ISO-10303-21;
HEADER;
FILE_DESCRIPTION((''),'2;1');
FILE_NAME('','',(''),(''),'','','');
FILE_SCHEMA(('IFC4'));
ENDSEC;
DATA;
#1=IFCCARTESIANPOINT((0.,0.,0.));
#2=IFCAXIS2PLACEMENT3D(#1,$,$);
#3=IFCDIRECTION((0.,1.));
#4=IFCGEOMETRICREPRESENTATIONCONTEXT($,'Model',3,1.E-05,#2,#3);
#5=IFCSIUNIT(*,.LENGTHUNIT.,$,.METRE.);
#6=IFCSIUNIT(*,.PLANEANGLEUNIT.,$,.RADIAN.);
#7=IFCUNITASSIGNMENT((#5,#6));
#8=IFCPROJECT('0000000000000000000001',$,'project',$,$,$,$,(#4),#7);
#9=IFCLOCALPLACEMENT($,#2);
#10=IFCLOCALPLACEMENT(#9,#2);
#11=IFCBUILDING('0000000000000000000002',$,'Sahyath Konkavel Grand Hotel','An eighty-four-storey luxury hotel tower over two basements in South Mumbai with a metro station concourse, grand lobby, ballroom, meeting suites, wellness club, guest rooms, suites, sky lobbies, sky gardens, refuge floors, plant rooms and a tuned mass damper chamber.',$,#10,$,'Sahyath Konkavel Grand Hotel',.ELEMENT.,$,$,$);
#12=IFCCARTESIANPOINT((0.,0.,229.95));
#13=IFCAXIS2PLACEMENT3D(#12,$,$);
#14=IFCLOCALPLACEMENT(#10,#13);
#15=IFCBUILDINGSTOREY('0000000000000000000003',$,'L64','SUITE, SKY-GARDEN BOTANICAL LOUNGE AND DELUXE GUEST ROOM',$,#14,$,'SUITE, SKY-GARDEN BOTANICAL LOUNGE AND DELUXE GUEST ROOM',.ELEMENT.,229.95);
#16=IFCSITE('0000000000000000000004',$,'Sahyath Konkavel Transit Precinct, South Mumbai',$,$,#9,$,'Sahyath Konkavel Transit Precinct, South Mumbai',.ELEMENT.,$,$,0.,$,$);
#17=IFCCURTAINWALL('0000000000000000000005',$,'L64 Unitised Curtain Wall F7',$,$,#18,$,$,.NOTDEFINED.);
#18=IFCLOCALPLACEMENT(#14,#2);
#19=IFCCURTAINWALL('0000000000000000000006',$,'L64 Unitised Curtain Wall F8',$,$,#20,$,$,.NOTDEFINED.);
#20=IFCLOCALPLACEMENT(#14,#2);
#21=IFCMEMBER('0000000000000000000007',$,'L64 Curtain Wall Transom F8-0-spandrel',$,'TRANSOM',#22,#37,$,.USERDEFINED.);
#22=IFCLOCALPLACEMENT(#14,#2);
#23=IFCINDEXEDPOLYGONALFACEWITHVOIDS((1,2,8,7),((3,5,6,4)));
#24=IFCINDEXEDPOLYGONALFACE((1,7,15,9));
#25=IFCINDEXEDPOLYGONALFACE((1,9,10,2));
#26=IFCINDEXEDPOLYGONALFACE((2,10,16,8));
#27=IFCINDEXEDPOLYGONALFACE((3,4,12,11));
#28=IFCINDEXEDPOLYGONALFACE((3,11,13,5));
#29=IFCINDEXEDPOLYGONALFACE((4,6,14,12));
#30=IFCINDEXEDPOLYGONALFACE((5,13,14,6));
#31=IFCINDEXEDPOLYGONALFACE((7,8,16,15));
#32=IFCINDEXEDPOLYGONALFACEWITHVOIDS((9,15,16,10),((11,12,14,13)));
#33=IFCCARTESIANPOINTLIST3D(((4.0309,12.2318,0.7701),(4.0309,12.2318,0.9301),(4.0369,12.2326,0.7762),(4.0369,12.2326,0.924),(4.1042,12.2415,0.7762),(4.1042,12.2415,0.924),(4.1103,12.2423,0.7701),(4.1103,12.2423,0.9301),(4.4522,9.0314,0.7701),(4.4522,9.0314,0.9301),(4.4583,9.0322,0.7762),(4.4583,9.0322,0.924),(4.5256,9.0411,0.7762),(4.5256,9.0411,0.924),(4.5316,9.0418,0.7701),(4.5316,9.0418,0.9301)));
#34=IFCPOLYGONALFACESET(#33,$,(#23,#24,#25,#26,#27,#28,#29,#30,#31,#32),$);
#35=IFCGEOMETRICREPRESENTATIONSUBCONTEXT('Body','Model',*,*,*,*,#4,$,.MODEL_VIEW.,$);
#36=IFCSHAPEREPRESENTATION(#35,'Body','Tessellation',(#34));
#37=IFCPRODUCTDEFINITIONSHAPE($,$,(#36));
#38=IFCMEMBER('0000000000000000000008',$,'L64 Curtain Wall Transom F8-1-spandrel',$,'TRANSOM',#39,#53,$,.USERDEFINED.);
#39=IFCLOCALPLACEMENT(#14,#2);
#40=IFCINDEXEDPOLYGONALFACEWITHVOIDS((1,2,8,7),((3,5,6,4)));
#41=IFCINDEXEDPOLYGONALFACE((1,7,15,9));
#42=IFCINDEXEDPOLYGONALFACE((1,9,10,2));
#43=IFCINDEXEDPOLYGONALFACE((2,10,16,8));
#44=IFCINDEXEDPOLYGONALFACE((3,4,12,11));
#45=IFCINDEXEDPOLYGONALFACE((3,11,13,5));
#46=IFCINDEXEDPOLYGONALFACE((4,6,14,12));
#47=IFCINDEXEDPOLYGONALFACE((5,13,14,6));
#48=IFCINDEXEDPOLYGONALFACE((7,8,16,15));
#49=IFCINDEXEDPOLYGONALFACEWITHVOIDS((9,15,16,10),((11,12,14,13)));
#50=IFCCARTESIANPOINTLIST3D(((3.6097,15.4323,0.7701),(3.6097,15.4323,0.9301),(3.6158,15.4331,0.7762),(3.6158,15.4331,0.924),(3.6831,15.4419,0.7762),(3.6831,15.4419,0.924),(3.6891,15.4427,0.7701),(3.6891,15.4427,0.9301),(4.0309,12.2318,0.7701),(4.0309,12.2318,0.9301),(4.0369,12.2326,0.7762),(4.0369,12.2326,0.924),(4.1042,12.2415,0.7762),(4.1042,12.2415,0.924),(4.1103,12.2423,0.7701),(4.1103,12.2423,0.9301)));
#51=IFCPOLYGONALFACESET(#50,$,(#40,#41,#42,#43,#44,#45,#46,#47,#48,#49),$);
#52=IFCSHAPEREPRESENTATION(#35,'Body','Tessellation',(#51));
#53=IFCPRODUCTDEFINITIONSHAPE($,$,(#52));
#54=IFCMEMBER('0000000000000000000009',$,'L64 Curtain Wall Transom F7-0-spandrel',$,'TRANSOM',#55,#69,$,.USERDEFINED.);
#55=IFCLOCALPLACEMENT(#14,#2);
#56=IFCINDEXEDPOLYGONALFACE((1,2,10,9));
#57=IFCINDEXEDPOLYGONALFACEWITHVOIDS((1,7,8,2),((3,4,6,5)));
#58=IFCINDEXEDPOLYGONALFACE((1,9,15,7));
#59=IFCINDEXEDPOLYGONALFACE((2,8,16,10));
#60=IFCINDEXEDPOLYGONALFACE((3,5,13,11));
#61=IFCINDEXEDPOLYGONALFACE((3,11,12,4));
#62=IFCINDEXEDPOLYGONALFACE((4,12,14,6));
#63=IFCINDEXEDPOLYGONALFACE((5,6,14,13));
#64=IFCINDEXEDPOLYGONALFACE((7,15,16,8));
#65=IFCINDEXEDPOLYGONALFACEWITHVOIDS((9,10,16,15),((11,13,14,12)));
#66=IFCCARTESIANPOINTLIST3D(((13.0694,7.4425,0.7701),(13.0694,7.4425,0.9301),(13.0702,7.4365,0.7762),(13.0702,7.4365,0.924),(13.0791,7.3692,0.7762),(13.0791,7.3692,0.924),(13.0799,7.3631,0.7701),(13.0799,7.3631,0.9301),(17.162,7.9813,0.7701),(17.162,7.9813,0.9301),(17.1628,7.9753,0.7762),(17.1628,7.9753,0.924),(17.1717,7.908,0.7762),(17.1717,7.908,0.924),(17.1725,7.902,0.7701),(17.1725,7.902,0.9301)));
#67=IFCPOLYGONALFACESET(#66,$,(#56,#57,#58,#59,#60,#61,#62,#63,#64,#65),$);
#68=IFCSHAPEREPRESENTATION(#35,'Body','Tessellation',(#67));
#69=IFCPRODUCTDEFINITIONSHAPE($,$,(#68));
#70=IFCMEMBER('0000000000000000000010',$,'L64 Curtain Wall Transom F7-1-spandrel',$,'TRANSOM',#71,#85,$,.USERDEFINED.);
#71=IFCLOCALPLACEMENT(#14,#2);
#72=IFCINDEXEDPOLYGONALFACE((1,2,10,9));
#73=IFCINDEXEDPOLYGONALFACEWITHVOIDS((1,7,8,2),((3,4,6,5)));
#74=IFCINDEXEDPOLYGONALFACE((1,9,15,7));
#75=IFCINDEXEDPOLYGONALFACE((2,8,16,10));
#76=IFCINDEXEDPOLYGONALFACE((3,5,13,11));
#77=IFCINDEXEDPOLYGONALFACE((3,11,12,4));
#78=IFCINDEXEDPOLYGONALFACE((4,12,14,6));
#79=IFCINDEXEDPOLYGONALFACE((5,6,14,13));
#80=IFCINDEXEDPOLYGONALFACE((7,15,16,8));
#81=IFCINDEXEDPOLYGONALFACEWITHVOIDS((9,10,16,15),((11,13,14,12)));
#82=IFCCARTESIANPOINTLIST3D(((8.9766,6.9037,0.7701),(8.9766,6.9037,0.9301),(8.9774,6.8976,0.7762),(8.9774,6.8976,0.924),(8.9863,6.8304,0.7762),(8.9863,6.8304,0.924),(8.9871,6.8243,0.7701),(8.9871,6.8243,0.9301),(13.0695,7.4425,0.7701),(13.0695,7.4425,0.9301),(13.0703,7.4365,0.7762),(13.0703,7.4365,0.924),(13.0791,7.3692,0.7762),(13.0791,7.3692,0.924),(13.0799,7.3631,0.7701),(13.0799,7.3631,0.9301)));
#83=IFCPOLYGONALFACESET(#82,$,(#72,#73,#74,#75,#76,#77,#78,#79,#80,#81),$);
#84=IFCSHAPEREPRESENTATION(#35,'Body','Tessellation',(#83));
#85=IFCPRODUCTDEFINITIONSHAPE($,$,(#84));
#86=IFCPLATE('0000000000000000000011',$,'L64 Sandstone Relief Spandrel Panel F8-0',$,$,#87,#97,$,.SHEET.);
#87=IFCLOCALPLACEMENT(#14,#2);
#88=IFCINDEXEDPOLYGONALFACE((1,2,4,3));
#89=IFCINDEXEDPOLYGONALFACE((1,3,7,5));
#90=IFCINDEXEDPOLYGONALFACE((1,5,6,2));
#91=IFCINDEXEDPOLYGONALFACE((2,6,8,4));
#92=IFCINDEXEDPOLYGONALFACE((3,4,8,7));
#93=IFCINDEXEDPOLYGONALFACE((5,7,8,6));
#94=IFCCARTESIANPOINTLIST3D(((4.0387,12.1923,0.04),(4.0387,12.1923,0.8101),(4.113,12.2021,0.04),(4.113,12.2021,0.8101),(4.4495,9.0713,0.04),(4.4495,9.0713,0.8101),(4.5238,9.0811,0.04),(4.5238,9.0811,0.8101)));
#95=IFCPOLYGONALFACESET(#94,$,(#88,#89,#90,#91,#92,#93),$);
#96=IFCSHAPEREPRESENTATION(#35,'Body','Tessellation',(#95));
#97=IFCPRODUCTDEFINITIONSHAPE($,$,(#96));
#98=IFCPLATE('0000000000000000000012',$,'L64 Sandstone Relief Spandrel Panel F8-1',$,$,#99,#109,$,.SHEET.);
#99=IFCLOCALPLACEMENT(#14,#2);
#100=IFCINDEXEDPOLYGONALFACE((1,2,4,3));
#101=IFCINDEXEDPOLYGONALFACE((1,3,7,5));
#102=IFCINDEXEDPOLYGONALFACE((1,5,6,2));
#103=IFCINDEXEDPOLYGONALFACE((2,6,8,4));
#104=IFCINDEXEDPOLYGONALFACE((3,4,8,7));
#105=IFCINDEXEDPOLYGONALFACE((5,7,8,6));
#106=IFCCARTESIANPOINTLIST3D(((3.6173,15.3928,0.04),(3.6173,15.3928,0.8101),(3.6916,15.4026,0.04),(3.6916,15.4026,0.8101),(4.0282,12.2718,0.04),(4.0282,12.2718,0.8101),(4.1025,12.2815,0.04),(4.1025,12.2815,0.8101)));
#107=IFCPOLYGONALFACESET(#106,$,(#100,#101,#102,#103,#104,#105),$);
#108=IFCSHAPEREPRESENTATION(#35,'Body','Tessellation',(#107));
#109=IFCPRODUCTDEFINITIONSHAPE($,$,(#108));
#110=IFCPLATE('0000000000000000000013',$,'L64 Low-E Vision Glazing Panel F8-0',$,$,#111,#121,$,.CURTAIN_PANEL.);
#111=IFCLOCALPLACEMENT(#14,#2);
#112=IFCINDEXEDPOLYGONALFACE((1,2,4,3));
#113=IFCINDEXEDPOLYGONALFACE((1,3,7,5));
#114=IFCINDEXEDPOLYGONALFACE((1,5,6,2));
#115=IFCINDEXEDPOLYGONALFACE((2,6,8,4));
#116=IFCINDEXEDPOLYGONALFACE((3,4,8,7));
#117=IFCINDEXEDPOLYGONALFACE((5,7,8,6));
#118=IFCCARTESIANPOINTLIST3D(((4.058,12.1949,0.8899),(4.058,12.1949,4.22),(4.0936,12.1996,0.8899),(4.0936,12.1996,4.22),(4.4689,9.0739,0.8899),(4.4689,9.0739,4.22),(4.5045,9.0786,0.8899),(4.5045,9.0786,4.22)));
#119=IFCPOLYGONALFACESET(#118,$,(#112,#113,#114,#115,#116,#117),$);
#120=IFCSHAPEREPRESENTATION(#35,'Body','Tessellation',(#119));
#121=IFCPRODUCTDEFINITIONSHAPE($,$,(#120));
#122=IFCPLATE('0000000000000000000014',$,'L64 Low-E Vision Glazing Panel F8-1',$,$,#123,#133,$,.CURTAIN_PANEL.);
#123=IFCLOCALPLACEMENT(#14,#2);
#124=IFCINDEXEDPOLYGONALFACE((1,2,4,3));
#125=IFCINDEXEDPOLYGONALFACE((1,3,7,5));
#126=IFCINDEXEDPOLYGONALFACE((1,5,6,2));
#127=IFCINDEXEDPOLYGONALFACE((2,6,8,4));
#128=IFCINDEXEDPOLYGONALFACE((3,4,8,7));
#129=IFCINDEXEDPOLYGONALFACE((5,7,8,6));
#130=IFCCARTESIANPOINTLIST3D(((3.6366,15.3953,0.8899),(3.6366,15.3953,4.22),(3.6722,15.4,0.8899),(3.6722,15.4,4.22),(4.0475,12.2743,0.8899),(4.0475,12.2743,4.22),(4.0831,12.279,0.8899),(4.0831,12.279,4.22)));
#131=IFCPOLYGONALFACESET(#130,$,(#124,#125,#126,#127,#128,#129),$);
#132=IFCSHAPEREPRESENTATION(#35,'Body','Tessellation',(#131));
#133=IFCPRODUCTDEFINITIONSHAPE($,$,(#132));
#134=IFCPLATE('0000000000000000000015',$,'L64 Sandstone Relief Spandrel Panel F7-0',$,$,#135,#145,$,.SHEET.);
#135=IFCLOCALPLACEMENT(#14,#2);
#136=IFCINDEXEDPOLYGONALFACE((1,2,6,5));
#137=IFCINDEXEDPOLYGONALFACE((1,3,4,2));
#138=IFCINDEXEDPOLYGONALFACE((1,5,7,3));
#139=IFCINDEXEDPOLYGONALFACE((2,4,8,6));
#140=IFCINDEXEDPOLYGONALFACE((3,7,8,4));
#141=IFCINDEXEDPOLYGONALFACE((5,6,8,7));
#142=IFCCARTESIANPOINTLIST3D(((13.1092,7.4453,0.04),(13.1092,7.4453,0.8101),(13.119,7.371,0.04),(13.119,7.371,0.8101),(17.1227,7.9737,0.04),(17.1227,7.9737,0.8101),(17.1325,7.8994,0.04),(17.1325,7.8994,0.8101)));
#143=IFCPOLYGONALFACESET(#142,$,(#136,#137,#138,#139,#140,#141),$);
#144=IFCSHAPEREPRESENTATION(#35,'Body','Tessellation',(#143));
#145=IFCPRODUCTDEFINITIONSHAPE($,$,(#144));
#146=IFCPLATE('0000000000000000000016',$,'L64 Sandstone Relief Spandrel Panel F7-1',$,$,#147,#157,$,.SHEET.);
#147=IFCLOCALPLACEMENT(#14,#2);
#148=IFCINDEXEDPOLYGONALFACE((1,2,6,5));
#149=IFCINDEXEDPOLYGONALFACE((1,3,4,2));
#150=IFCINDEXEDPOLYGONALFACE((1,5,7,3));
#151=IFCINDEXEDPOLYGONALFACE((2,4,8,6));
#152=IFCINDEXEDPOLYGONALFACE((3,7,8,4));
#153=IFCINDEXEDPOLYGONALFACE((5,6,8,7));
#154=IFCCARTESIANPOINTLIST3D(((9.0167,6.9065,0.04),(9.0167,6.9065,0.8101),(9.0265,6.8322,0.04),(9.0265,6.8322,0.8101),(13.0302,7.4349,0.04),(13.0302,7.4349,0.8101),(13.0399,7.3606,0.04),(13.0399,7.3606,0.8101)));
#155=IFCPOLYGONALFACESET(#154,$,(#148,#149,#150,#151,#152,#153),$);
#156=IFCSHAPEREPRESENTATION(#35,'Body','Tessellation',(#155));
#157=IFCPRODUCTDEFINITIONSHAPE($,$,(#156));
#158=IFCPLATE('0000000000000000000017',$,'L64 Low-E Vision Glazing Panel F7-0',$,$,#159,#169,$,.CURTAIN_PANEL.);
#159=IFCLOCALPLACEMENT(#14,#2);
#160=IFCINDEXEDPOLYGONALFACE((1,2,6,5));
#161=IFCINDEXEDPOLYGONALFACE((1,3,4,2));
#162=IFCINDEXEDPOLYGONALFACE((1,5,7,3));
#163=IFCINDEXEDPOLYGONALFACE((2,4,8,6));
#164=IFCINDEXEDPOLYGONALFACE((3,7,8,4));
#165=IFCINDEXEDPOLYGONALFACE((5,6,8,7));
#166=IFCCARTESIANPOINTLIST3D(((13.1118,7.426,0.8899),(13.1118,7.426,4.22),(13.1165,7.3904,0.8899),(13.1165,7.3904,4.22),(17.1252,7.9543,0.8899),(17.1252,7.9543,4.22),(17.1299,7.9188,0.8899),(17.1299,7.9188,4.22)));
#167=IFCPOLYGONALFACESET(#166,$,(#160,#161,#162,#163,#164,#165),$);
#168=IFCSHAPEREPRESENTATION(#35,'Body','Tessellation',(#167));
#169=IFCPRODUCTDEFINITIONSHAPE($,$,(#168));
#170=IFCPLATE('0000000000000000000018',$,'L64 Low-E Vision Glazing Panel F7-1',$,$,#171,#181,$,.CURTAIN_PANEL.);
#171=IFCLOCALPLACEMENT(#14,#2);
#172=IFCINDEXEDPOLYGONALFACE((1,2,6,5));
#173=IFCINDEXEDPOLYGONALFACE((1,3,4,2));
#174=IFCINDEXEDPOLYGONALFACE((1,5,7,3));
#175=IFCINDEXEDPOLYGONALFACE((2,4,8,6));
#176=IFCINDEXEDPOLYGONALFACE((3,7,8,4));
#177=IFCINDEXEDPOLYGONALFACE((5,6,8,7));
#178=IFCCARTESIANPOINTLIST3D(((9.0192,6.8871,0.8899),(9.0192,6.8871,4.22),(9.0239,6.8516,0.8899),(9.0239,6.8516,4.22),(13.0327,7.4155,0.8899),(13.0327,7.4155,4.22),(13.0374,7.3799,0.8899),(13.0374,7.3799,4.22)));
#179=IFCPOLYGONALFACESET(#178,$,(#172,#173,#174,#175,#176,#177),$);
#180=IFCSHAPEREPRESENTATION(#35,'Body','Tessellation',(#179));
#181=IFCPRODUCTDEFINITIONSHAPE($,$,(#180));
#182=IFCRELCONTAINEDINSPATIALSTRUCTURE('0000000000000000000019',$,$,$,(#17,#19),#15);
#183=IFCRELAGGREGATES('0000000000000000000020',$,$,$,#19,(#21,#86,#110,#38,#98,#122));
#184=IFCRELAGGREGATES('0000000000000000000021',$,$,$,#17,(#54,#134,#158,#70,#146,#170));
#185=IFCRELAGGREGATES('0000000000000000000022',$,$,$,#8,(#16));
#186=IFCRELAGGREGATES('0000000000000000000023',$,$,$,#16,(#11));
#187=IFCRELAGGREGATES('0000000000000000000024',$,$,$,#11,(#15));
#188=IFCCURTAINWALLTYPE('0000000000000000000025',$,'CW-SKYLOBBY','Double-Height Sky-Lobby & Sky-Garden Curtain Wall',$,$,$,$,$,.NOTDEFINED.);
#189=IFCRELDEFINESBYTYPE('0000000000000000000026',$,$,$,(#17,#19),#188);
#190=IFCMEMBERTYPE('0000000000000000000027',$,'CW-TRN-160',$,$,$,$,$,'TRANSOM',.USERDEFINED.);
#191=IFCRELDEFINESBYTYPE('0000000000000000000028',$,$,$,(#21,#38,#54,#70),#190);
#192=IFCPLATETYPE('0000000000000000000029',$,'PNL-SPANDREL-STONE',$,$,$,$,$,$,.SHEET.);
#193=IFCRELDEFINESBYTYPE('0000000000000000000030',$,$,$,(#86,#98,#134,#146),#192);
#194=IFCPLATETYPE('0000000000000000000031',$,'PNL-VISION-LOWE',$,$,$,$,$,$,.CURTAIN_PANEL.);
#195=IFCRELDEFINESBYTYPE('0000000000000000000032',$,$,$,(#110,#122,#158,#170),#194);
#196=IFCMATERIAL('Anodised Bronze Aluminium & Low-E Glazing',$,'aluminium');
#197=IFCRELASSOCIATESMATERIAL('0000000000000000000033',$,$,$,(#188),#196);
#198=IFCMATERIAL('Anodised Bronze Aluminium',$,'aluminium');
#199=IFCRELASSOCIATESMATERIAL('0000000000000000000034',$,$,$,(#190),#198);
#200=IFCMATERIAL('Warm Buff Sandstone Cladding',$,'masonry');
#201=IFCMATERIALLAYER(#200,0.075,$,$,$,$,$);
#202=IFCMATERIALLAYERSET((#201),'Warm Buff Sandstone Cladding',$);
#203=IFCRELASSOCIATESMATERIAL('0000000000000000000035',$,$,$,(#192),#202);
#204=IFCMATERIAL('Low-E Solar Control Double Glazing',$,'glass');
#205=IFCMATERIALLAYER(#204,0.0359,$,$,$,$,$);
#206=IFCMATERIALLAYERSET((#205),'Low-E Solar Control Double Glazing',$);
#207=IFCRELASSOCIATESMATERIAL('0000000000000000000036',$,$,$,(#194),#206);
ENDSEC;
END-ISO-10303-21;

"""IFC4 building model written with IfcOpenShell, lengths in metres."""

from ifc_helpers import new_model, si_unit, direction, frame, origin, origin_2d, place, context, subcontext, project, spatial, rectangle, hollow_rectangle, extrude, source, transform, mapped, material, layer, layer_set, material_profile, profile_set, type_object, element, aggregate, save


model = new_model("IFC4")

# Units and contexts
model_context = context("Model", 3, precision=1e-05, world=origin(), true_north=direction((0.0, 1.0)))
body_context = subcontext(model_context, "Body", "Model", "MODEL_VIEW")
ifc_project = project(units=[si_unit("LENGTHUNIT", "METRE"), si_unit("PLANEANGLEUNIT", "RADIAN")], contexts=[model_context])

# Site, building, storey
site_placement = place(None, origin())
site = spatial("IfcSite", under=ifc_project, at=site_placement, Name="Sahyath Konkavel Transit Precinct, South Mumbai", LongName="Sahyath Konkavel Transit Precinct, South Mumbai", CompositionType="ELEMENT", RefElevation=0.0)
building_placement = place(site_placement, origin())
building = spatial("IfcBuilding", under=site, at=building_placement, Name="Sahyath Konkavel Grand Hotel", Description="An eighty-four-storey luxury hotel tower over two basements in South Mumbai with a metro station concourse, grand lobby, ballroom, meeting suites, wellness club, guest rooms, suites, sky lobbies, sky gardens, refuge floors, plant rooms and a tuned mass damper chamber.", LongName="Sahyath Konkavel Grand Hotel", CompositionType="ELEMENT")
storey_placement = place(building_placement, frame((0.0, 0.0, 229.95)))
storey = spatial("IfcBuildingStorey", under=building, at=storey_placement, Name="L64", Description="SUITE, SKY-GARDEN BOTANICAL LOUNGE AND DELUXE GUEST ROOM", LongName="SUITE, SKY-GARDEN BOTANICAL LOUNGE AND DELUXE GUEST ROOM", CompositionType="ELEMENT", Elevation=229.95)

# Shared definitions
ifc_material_1 = material(Name="Anodised Bronze Aluminium & Low-E Glazing", Category="aluminium")
curtain_wall_type = type_object("IfcCurtainWallType", Name="CW-SKYLOBBY", Description="Double-Height Sky-Lobby & Sky-Garden Curtain Wall", PredefinedType="NOTDEFINED", material=ifc_material_1)
ifc_material_2 = material(Name="Anodised Bronze Aluminium", Category="aluminium")

# Curtain walls
curtain_wall_1_placement = place(storey_placement, origin())
curtain_wall_1 = element("IfcCurtainWall", 1, at=curtain_wall_1_placement, inside=storey, type_object=curtain_wall_type, Name="L64 Unitised Curtain Wall F7", PredefinedType="NOTDEFINED")
curtain_wall_2_placement = place(storey_placement, origin())
curtain_wall_2 = element("IfcCurtainWall", 2, at=curtain_wall_2_placement, inside=storey, type_object=curtain_wall_type, Name="L64 Unitised Curtain Wall F8", PredefinedType="NOTDEFINED")

# Members
ifc_material_profile_1 = material_profile(ifc_material_2, hollow_rectangle(XDim=0.0801, YDim=0.1599, WallThickness=0.0061, at=origin_2d()), Name="RHS 160x80x6")
ifc_profile_set_1 = profile_set([ifc_material_profile_1], Name="Anodised Bronze Aluminium")
member_type_1 = type_object("IfcMemberType", Name="CW-TRN-160", ElementType="TRANSOM", PredefinedType="USERDEFINED", material=ifc_profile_set_1)
shared_shape_1 = source(origin(), body_context, "Body", "SweptSolid", [
    extrude(hollow_rectangle(XDim=0.0801, YDim=0.1599, WallThickness=0.0061, at=origin_2d()), origin(), (0.0, 0.0, 1.0), 3.228),
])
member_1_placement = place(storey_placement, frame((4.4919, 9.0366, 0.8501), z_axis=(-0.130539, 0.991443, 0.0), x_axis=(-0.991443, -0.130539, 0.0)))
member_1 = element("IfcMember", 3, at=member_1_placement, type_object=member_type_1, Name="L64 Curtain Wall Transom F8-0-spandrel", ObjectType="TRANSOM", PredefinedType="USERDEFINED", context=body_context, shape_type="MappedRepresentation", body=[
    mapped(shared_shape_1, transform((0.0, 0.0, 0.0), scale=1.0)),
])
member_2_placement = place(storey_placement, frame((4.0706, 12.2371, 0.8501), z_axis=(-0.130464, 0.991453, 0.0), x_axis=(-0.991453, -0.130464, 0.0)))
member_2 = element("IfcMember", 4, at=member_2_placement, type_object=member_type_1, Name="L64 Curtain Wall Transom F8-1-spandrel", ObjectType="TRANSOM", PredefinedType="USERDEFINED", context=body_context, shape_type="MappedRepresentation", body=[
    mapped(shared_shape_1, transform((0.0, 0.0, 0.0), scale=1.0)),
])
shared_shape_2 = source(origin(), body_context, "Body", "SweptSolid", [
    extrude(hollow_rectangle(XDim=0.0801, YDim=0.1599, WallThickness=0.0061, at=origin_2d()), origin(), (0.0, 0.0, 1.0), 4.1279),
])
member_3_placement = place(storey_placement, frame((17.1672, 7.9417, 0.8501), z_axis=(-0.991444, -0.130533, 0.0), x_axis=(0.130533, -0.991444, 0.0)))
member_3 = element("IfcMember", 5, at=member_3_placement, type_object=member_type_1, Name="L64 Curtain Wall Transom F7-0-spandrel", ObjectType="TRANSOM", PredefinedType="USERDEFINED", context=body_context, shape_type="MappedRepresentation", body=[
    mapped(shared_shape_2, transform((0.0, 0.0, 0.0), scale=1.0)),
])
shared_shape_3 = source(origin(), body_context, "Body", "SweptSolid", [
    extrude(hollow_rectangle(XDim=0.0801, YDim=0.1599, WallThickness=0.0061, at=origin_2d()), origin(), (0.0, 0.0, 1.0), 4.1282),
])
member_4_placement = place(storey_placement, frame((13.0747, 7.4028, 0.8501), z_axis=(-0.991445, -0.130525, 0.0), x_axis=(0.130525, -0.991445, 0.0)))
member_4 = element("IfcMember", 6, at=member_4_placement, type_object=member_type_1, Name="L64 Curtain Wall Transom F7-1-spandrel", ObjectType="TRANSOM", PredefinedType="USERDEFINED", context=body_context, shape_type="MappedRepresentation", body=[
    mapped(shared_shape_3, transform((0.0, 0.0, 0.0), scale=1.0)),
])

# Plates
ifc_material_3 = material(Name="Warm Buff Sandstone Cladding", Category="masonry")
ifc_layer_1 = layer(ifc_material_3, 0.075)
ifc_layer_set_1 = layer_set([ifc_layer_1], Name="Warm Buff Sandstone Cladding")
plate_type_1 = type_object("IfcPlateType", Name="PNL-SPANDREL-STONE", PredefinedType="SHEET", material=ifc_layer_set_1)
shared_shape_4 = source(origin(), body_context, "Body", "SweptSolid", [
    extrude(rectangle(XDim=3.1479, YDim=0.075, at=origin_2d()), origin(), (0.0, 0.0, 1.0), 0.77),
])
plate_1_placement = place(storey_placement, frame((4.2812, 10.6367, 0.04), z_axis=(0.0, 0.0, 1.0), x_axis=(-0.130526, 0.991445, 0.0)))
plate_1 = element("IfcPlate", 7, at=plate_1_placement, type_object=plate_type_1, Name="L64 Sandstone Relief Spandrel Panel F8-0", PredefinedType="SHEET", context=body_context, shape_type="MappedRepresentation", body=[
    mapped(shared_shape_4, transform((0.0, 0.0, 0.0), scale=1.0)),
])
plate_2_placement = place(storey_placement, frame((3.8599, 13.8372, 0.04), z_axis=(0.0, 0.0, 1.0), x_axis=(-0.130526, 0.991445, 0.0)))
plate_2 = element("IfcPlate", 8, at=plate_2_placement, type_object=plate_type_1, Name="L64 Sandstone Relief Spandrel Panel F8-1", PredefinedType="SHEET", context=body_context, shape_type="MappedRepresentation", body=[
    mapped(shared_shape_4, transform((0.0, 0.0, 0.0), scale=1.0)),
])
ifc_material_4 = material(Name="Low-E Solar Control Double Glazing", Category="glass")
ifc_layer_2 = layer(ifc_material_4, 0.0359)
ifc_layer_set_2 = layer_set([ifc_layer_2], Name="Low-E Solar Control Double Glazing")
plate_type_2 = type_object("IfcPlateType", Name="PNL-VISION-LOWE", PredefinedType="CURTAIN_PANEL", material=ifc_layer_set_2)
shared_shape_5 = source(origin(), body_context, "Body", "SweptSolid", [
    extrude(rectangle(XDim=3.1479, YDim=0.0359, at=origin_2d()), origin(), (0.0, 0.0, 1.0), 3.3301),
])
plate_3_placement = place(storey_placement, frame((4.2812, 10.6367, 0.8899), z_axis=(0.0, 0.0, 1.0), x_axis=(-0.130526, 0.991445, 0.0)))
plate_3 = element("IfcPlate", 9, at=plate_3_placement, type_object=plate_type_2, Name="L64 Low-E Vision Glazing Panel F8-0", PredefinedType="CURTAIN_PANEL", context=body_context, shape_type="MappedRepresentation", body=[
    mapped(shared_shape_5, transform((0.0, 0.0, 0.0), scale=1.0)),
])
plate_4_placement = place(storey_placement, frame((3.8599, 13.8372, 0.8899), z_axis=(0.0, 0.0, 1.0), x_axis=(-0.130526, 0.991445, 0.0)))
plate_4 = element("IfcPlate", 10, at=plate_4_placement, type_object=plate_type_2, Name="L64 Low-E Vision Glazing Panel F8-1", PredefinedType="CURTAIN_PANEL", context=body_context, shape_type="MappedRepresentation", body=[
    mapped(shared_shape_5, transform((0.0, 0.0, 0.0), scale=1.0)),
])
aggregate(curtain_wall_2, [member_1, plate_1, plate_3, member_2, plate_2, plate_4])
shared_shape_6 = source(origin(), body_context, "Body", "SweptSolid", [
    extrude(rectangle(XDim=4.0481, YDim=0.075, at=origin_2d()), origin(), (0.0, 0.0, 1.0), 0.77),
])
plate_5_placement = place(storey_placement, frame((15.1208, 7.6724, 0.04), z_axis=(0.0, 0.0, 1.0), x_axis=(-0.991445, -0.130526, 0.0)))
plate_5 = element("IfcPlate", 11, at=plate_5_placement, type_object=plate_type_1, Name="L64 Sandstone Relief Spandrel Panel F7-0", PredefinedType="SHEET", context=body_context, shape_type="MappedRepresentation", body=[
    mapped(shared_shape_6, transform((0.0, 0.0, 0.0), scale=1.0)),
])
plate_6_placement = place(storey_placement, frame((11.0283, 7.1335, 0.04), z_axis=(0.0, 0.0, 1.0), x_axis=(-0.991445, -0.130526, 0.0)))
plate_6 = element("IfcPlate", 12, at=plate_6_placement, type_object=plate_type_1, Name="L64 Sandstone Relief Spandrel Panel F7-1", PredefinedType="SHEET", context=body_context, shape_type="MappedRepresentation", body=[
    mapped(shared_shape_6, transform((0.0, 0.0, 0.0), scale=1.0)),
])
shared_shape_7 = source(origin(), body_context, "Body", "SweptSolid", [
    extrude(rectangle(XDim=4.0481, YDim=0.0359, at=origin_2d()), origin(), (0.0, 0.0, 1.0), 3.3301),
])
plate_7_placement = place(storey_placement, frame((15.1208, 7.6724, 0.8899), z_axis=(0.0, 0.0, 1.0), x_axis=(-0.991445, -0.130526, 0.0)))
plate_7 = element("IfcPlate", 13, at=plate_7_placement, type_object=plate_type_2, Name="L64 Low-E Vision Glazing Panel F7-0", PredefinedType="CURTAIN_PANEL", context=body_context, shape_type="MappedRepresentation", body=[
    mapped(shared_shape_7, transform((0.0, 0.0, 0.0), scale=1.0)),
])
plate_8_placement = place(storey_placement, frame((11.0283, 7.1335, 0.8899), z_axis=(0.0, 0.0, 1.0), x_axis=(-0.991445, -0.130526, 0.0)))
plate_8 = element("IfcPlate", 14, at=plate_8_placement, type_object=plate_type_2, Name="L64 Low-E Vision Glazing Panel F7-1", PredefinedType="CURTAIN_PANEL", context=body_context, shape_type="MappedRepresentation", body=[
    mapped(shared_shape_7, transform((0.0, 0.0, 0.0), scale=1.0)),
])
aggregate(curtain_wall_1, [member_3, plate_5, plate_7, member_4, plate_6, plate_8])

save(model, "model.ifc")
